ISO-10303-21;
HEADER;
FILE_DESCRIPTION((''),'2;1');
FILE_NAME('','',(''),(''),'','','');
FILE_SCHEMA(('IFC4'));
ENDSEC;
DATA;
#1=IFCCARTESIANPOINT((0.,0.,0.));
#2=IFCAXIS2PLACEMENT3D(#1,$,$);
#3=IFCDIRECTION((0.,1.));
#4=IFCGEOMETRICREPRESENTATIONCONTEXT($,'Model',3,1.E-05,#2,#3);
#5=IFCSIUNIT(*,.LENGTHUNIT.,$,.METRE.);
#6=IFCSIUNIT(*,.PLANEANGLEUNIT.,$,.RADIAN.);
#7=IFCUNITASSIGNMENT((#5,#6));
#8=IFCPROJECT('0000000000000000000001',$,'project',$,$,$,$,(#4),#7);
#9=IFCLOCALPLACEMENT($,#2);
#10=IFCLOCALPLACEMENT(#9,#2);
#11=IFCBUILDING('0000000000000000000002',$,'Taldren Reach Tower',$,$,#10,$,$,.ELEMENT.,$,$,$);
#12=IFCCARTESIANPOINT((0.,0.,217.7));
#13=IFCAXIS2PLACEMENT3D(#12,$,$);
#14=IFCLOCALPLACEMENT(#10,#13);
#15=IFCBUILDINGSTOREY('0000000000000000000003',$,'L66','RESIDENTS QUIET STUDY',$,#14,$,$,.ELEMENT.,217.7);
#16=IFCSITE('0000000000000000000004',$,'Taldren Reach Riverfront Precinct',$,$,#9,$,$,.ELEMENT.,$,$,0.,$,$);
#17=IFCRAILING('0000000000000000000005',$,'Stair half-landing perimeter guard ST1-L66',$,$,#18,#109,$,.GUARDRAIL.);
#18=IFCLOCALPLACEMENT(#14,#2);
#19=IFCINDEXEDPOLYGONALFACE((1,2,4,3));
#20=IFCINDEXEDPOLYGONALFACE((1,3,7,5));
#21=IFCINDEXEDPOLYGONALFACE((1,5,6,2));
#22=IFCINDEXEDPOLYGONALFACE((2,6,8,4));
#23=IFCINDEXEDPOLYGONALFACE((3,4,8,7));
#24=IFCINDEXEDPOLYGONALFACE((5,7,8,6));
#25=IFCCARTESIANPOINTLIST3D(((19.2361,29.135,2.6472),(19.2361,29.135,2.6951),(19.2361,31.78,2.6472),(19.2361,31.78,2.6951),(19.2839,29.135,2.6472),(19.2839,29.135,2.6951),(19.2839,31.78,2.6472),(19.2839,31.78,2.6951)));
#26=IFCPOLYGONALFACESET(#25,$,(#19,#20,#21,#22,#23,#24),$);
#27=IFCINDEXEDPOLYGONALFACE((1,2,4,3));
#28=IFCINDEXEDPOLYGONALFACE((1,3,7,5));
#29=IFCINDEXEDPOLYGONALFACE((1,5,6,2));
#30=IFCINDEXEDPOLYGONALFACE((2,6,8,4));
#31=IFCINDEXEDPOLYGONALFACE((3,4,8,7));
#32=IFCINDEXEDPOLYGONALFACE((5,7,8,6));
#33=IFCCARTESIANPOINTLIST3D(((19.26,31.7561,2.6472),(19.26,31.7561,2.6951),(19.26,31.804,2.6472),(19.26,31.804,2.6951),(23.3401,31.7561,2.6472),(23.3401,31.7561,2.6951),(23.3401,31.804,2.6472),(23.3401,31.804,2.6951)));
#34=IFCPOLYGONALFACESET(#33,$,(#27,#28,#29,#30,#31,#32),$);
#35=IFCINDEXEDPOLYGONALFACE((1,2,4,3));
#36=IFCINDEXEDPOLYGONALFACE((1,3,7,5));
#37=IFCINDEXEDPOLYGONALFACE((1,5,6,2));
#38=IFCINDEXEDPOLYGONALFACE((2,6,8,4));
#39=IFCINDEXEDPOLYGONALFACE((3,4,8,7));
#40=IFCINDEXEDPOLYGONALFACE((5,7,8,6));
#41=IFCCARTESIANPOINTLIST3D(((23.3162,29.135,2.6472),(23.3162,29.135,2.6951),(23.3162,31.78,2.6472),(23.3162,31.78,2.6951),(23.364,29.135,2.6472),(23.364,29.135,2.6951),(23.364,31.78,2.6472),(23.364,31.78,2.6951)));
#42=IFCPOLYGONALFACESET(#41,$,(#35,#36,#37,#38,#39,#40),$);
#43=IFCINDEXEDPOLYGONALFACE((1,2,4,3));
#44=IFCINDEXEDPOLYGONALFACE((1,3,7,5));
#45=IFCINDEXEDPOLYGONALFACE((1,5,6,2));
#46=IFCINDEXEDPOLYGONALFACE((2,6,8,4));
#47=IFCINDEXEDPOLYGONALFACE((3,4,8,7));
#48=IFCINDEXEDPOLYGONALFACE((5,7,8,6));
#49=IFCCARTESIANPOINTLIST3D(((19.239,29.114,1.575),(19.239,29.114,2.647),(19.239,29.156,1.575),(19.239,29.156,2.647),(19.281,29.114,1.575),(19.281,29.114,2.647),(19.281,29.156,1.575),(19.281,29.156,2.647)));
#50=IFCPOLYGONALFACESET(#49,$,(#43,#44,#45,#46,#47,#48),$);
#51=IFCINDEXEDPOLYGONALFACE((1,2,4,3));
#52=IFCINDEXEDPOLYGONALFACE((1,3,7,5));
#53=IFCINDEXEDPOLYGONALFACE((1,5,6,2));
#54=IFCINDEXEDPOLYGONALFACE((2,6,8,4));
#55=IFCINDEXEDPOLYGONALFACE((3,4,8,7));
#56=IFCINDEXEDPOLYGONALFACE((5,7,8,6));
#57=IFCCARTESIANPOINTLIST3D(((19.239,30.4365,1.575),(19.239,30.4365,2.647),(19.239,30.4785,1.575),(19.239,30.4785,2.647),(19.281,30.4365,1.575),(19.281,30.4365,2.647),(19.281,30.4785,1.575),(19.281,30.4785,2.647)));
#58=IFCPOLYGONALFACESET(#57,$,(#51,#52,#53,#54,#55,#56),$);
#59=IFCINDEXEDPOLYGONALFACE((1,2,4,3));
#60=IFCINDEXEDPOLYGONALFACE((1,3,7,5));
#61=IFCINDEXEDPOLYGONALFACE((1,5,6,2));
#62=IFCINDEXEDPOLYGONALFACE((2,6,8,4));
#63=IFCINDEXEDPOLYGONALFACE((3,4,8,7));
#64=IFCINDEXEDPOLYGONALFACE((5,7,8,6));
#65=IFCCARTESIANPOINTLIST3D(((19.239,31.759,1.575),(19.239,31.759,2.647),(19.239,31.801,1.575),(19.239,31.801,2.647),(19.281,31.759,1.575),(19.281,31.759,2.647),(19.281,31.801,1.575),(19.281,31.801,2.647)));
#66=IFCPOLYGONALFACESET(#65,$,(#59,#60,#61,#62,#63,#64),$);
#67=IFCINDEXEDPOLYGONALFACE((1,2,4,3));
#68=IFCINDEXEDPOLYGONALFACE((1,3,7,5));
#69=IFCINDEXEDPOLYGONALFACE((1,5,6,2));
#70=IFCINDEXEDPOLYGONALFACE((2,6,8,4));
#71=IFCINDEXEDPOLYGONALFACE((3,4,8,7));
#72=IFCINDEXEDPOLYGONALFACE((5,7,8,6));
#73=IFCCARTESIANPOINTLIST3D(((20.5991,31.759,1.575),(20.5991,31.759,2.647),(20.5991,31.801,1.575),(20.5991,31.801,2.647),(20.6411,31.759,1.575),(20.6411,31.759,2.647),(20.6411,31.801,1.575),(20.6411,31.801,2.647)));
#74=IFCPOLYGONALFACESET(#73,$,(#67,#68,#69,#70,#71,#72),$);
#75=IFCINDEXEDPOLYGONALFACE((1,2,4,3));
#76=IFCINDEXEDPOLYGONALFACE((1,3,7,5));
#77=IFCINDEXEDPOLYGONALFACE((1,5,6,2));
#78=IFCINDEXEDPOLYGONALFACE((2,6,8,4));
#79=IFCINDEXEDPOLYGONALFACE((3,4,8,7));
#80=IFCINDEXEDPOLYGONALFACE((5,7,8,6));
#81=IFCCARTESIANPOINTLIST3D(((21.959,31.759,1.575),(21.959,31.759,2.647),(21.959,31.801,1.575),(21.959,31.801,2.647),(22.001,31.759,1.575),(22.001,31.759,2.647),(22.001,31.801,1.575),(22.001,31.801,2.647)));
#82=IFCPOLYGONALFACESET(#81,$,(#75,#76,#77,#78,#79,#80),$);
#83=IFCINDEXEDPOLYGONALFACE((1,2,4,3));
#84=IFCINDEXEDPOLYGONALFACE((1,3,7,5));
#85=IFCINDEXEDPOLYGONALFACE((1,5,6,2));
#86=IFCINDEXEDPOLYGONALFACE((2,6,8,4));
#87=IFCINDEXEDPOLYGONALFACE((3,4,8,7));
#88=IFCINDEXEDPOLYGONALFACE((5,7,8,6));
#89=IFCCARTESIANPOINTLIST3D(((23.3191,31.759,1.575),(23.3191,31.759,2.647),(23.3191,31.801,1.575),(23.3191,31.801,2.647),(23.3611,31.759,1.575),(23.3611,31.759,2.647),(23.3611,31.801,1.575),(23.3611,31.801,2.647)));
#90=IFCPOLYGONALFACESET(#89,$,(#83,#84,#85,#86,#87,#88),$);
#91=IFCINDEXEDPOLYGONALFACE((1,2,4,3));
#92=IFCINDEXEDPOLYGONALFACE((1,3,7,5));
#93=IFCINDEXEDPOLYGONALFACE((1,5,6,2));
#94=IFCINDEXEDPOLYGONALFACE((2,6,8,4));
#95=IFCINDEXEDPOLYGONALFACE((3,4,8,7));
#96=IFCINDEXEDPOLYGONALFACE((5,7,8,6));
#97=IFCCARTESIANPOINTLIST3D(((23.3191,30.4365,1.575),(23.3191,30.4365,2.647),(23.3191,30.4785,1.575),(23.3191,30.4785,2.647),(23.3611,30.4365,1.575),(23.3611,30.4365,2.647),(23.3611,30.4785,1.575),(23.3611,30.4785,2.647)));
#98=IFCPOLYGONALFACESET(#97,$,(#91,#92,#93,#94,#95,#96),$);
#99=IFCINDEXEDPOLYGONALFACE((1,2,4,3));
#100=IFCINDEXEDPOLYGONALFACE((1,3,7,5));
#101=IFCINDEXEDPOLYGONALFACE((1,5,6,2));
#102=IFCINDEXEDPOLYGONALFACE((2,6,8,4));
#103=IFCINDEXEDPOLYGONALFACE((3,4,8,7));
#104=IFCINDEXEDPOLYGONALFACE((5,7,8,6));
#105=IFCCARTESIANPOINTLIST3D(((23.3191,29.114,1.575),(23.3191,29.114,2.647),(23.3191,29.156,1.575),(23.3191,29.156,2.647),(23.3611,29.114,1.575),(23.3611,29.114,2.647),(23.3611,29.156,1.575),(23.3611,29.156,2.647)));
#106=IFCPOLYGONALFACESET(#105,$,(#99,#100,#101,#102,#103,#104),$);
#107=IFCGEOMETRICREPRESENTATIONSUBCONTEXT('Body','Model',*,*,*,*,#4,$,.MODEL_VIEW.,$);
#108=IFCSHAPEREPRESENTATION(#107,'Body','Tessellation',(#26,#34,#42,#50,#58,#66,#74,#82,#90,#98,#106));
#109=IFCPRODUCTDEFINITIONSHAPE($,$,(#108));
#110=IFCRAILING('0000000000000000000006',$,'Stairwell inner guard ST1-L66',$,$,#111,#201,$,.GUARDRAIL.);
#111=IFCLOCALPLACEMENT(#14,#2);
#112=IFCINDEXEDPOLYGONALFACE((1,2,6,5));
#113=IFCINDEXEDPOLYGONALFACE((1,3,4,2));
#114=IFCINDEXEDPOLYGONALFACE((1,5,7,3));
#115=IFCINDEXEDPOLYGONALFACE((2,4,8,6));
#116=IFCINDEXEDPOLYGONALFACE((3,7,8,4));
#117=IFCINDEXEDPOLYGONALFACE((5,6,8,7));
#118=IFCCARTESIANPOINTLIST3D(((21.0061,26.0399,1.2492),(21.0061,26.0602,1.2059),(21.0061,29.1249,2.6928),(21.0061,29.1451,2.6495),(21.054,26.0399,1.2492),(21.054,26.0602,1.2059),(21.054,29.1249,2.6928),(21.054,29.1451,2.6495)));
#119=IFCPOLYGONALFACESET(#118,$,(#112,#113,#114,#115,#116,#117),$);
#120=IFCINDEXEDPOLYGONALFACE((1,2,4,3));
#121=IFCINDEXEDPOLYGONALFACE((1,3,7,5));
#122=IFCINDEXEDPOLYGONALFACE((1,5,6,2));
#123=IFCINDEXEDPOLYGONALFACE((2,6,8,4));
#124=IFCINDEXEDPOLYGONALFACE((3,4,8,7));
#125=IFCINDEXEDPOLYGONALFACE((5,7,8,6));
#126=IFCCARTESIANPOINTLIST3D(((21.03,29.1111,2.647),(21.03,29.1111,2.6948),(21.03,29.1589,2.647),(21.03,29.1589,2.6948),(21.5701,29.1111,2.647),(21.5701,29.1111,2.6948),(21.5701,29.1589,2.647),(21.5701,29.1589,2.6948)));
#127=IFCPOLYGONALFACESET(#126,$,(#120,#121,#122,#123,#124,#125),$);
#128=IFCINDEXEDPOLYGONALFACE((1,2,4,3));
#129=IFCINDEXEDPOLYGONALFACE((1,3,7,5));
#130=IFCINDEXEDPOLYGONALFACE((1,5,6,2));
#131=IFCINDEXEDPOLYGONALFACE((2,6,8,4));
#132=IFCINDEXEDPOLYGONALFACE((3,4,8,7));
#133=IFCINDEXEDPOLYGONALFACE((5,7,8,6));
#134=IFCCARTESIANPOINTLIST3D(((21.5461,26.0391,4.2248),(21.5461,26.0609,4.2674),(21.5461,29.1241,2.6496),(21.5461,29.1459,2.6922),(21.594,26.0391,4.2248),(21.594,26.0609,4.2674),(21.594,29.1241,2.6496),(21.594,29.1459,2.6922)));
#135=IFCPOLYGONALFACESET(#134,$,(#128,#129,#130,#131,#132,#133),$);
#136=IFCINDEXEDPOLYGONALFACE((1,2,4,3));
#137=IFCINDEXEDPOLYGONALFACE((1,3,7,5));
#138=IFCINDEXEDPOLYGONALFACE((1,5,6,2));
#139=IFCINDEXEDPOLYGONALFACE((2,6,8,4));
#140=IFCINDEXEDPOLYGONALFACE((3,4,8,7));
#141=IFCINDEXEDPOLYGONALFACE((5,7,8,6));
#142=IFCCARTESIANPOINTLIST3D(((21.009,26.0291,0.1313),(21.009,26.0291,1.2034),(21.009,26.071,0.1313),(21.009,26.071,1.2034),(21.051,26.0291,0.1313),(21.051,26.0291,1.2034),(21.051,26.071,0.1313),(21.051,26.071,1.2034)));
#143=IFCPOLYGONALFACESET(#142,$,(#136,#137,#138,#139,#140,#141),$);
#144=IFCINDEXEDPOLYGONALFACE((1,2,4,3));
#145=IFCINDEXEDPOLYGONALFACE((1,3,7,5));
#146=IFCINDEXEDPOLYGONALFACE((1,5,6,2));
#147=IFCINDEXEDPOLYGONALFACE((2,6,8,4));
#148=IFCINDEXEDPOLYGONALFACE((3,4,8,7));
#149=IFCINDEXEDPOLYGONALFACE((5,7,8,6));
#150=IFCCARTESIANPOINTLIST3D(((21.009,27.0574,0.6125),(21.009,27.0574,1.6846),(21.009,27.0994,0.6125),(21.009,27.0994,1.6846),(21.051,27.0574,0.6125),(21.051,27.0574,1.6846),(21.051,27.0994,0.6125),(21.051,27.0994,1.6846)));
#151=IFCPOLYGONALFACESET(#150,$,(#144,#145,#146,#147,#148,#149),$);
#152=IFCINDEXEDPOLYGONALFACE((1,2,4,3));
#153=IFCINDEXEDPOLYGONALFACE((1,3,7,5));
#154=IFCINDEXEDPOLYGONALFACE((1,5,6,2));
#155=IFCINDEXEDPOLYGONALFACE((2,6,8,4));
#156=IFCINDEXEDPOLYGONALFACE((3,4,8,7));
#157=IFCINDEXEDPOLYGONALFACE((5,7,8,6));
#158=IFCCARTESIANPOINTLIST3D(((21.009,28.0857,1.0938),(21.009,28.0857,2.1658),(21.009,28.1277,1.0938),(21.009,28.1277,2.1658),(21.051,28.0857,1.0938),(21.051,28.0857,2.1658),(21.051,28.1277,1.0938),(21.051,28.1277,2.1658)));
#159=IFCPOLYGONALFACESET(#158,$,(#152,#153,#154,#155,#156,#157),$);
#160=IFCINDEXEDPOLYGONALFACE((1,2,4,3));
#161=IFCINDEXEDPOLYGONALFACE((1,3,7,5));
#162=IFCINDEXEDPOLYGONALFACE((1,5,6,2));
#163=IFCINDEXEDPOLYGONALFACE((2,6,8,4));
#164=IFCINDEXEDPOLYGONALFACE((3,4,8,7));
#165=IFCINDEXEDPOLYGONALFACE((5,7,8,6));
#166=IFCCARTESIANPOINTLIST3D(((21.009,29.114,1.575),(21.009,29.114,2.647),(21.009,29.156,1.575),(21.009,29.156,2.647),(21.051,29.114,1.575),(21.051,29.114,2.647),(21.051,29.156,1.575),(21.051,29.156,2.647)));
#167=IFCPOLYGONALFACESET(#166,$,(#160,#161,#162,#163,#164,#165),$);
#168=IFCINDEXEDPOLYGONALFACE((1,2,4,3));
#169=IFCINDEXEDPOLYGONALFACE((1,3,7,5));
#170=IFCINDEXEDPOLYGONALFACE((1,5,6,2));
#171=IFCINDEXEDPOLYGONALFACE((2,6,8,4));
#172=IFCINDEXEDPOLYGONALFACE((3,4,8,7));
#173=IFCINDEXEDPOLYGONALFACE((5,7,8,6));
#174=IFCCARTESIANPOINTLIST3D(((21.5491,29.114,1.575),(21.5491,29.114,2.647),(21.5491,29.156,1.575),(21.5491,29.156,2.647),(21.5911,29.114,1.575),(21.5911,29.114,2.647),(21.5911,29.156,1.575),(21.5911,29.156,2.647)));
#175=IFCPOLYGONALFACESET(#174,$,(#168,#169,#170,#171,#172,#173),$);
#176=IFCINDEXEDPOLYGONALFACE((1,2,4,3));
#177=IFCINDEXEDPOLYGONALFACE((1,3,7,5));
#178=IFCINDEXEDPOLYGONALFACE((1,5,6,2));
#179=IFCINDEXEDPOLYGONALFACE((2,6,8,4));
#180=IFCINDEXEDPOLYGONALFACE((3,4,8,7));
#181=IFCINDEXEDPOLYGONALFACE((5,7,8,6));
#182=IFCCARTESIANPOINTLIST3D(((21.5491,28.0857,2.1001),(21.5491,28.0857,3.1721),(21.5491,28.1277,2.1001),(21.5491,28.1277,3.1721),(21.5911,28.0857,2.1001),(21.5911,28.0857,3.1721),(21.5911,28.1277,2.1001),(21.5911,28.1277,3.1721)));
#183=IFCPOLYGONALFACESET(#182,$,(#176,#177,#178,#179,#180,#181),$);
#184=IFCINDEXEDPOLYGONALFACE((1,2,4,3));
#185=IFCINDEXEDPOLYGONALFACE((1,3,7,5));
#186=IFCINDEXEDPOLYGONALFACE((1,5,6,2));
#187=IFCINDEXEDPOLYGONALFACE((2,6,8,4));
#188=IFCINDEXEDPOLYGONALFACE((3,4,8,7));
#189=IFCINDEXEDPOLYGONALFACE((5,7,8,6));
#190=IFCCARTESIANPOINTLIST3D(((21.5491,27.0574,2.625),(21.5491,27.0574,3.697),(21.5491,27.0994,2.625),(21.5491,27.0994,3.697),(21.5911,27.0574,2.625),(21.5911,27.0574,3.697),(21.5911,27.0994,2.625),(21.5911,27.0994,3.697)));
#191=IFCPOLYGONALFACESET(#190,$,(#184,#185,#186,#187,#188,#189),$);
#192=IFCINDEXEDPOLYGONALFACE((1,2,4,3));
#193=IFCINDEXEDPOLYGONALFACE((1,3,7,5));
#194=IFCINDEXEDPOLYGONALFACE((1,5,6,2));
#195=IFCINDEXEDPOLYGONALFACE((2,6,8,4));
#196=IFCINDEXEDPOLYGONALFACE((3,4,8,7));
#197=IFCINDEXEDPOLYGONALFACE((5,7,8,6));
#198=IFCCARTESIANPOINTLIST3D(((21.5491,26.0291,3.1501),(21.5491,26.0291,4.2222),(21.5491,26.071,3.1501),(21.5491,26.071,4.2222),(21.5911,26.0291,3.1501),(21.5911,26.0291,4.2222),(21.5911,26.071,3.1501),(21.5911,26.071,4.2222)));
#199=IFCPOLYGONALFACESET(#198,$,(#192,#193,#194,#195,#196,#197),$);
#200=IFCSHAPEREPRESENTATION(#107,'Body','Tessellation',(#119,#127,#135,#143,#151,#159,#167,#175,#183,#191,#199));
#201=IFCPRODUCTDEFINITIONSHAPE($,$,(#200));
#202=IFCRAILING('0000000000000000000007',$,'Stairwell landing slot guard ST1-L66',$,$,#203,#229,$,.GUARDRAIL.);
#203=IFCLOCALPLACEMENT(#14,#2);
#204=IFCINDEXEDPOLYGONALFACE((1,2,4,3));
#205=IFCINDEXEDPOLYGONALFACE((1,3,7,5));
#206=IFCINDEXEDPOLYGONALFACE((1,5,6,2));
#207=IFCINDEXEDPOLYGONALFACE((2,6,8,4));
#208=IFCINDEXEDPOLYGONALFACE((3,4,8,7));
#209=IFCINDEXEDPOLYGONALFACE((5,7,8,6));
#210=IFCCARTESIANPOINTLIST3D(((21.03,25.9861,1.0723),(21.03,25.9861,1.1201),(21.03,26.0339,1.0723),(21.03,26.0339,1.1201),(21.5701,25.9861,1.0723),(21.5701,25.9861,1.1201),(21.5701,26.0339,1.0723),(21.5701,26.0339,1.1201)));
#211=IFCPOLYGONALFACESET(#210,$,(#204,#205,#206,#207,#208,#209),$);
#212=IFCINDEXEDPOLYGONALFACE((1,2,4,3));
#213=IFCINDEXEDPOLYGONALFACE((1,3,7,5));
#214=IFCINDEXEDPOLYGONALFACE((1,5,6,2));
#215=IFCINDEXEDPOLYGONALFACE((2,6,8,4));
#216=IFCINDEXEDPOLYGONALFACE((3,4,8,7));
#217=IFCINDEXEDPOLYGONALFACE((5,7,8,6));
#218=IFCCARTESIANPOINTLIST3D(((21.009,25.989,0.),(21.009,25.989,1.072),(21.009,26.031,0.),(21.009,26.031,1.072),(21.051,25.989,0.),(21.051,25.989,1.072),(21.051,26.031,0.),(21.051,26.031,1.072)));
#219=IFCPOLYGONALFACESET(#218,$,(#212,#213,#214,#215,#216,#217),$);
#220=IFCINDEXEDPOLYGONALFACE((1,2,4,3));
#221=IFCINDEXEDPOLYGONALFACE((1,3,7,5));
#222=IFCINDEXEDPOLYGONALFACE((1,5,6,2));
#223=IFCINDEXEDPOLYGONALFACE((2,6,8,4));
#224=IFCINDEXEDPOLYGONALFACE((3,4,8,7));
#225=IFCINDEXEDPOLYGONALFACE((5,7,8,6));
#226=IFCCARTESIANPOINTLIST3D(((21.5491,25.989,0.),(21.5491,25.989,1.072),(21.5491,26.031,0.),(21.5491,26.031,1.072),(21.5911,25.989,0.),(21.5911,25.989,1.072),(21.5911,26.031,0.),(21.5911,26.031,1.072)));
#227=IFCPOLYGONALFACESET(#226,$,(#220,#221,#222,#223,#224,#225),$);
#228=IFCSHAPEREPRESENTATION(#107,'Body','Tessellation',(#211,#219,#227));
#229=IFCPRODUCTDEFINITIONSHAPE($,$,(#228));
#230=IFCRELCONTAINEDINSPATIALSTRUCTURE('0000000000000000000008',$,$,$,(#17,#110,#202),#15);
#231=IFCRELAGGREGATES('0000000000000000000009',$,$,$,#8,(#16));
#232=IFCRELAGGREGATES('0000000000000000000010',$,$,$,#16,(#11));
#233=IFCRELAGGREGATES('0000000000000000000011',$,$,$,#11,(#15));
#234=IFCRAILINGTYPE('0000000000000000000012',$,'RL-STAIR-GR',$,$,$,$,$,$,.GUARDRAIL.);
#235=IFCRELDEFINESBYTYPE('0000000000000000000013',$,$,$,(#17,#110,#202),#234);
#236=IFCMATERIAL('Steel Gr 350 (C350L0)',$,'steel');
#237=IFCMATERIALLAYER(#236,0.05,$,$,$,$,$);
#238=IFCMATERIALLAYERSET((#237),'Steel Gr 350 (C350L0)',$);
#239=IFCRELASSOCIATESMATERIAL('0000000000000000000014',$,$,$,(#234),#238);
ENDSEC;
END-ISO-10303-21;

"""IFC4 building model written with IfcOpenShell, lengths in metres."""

from ifc_helpers import new_model, si_unit, direction, frame, origin, origin_2d, place, context, subcontext, project, spatial, rectangle, extrude, material, layer, layer_set, type_object, element, save


model = new_model("IFC4")

# Units and contexts
model_context = context("Model", 3, precision=1e-05, world=origin(), true_north=direction((0.0, 1.0)))
body_context = subcontext(model_context, "Body", "Model", "MODEL_VIEW")
ifc_project = project(units=[si_unit("LENGTHUNIT", "METRE"), si_unit("PLANEANGLEUNIT", "RADIAN")], contexts=[model_context])

# Site, building, storey
site_placement = place(None, origin())
site = spatial("IfcSite", under=ifc_project, at=site_placement, Name="Taldren Reach Riverfront Precinct", CompositionType="ELEMENT", RefElevation=0.0)
building_placement = place(site_placement, origin())
building = spatial("IfcBuilding", under=site, at=building_placement, Name="Taldren Reach Tower", CompositionType="ELEMENT")
storey_placement = place(building_placement, frame((0.0, 0.0, 217.7)))
storey = spatial("IfcBuildingStorey", under=building, at=storey_placement, Name="L66", Description="RESIDENTS QUIET STUDY", CompositionType="ELEMENT", Elevation=217.7)

# Shared definitions
ifc_material_1 = material(Name="Steel Gr 350 (C350L0)", Category="steel")

# Railings
ifc_layer_1 = layer(ifc_material_1, 0.05)
ifc_layer_set_1 = layer_set([ifc_layer_1], Name="Steel Gr 350 (C350L0)")
railing_type_1 = type_object("IfcRailingType", Name="RL-STAIR-GR", PredefinedType="GUARDRAIL", material=ifc_layer_set_1)
railing_1_placement = place(storey_placement, frame((19.26, 29.135, 1.575)))
element("IfcRailing", 1, at=railing_1_placement, inside=storey, type_object=railing_type_1, Name="Stair half-landing perimeter guard ST1-L66", PredefinedType="GUARDRAIL", context=body_context, shape_type="SweptSolid", body=[
    extrude(rectangle(XDim=0.0479, YDim=0.0479, at=origin_2d()), frame((0.0, 0.0, 1.0962), z_axis=(0.0, 1.0, 0.0), x_axis=(-1.0, 0.0, 0.0)), (0.0, 0.0, 1.0), 2.645),
    extrude(rectangle(XDim=0.0479, YDim=0.0479, at=origin_2d()), frame((0.0, 2.645, 1.0962), z_axis=(1.0, 0.0, 0.0), x_axis=(0.0, 1.0, 0.0)), (0.0, 0.0, 1.0), 4.0801),
    extrude(rectangle(XDim=0.0479, YDim=0.0479, at=origin_2d()), frame((4.0801, 2.645, 1.0962), z_axis=(0.0, -1.0, 0.0), x_axis=(1.0, 0.0, 0.0)), (0.0, 0.0, 1.0), 2.645),
    extrude(rectangle(XDim=0.042, YDim=0.042, at=origin_2d()), origin(), (0.0, 0.0, 1.0), 1.072),
    extrude(rectangle(XDim=0.042, YDim=0.042, at=origin_2d()), frame((0.0, 1.3225, 0.0)), (0.0, 0.0, 1.0), 1.072),
    extrude(rectangle(XDim=0.042, YDim=0.042, at=origin_2d()), frame((0.0, 2.645, 0.0)), (0.0, 0.0, 1.0), 1.072),
    extrude(rectangle(XDim=0.042, YDim=0.042, at=origin_2d()), frame((1.3601, 2.645, 0.0)), (0.0, 0.0, 1.0), 1.072),
    extrude(rectangle(XDim=0.042, YDim=0.042, at=origin_2d()), frame((2.72, 2.645, 0.0)), (0.0, 0.0, 1.0), 1.072),
    extrude(rectangle(XDim=0.042, YDim=0.042, at=origin_2d()), frame((4.0801, 2.645, 0.0)), (0.0, 0.0, 1.0), 1.072),
    extrude(rectangle(XDim=0.042, YDim=0.042, at=origin_2d()), frame((4.0801, 1.3225, 0.0)), (0.0, 0.0, 1.0), 1.072),
    extrude(rectangle(XDim=0.042, YDim=0.042, at=origin_2d()), frame((4.0801, 0.0, 0.0)), (0.0, 0.0, 1.0), 1.072),
])
railing_2_placement = place(storey_placement, frame((21.03, 26.05, 0.1313)))
element("IfcRailing", 2, at=railing_2_placement, inside=storey, type_object=railing_type_1, Name="Stairwell inner guard ST1-L66", PredefinedType="GUARDRAIL", context=body_context, shape_type="SweptSolid", body=[
    extrude(rectangle(XDim=0.0479, YDim=0.0479, at=origin_2d()), frame((0.0, 0.0, 1.0962), z_axis=(0.0, 0.905738, 0.423839), x_axis=(-1.0, 0.0, 0.0)), (0.0, 0.0, 1.0), 3.406),
    extrude(rectangle(XDim=0.0479, YDim=0.0479, at=origin_2d()), frame((0.0, 3.085, 2.5396), z_axis=(1.0, 0.0, 0.0), x_axis=(0.0, 1.0, 0.0)), (0.0, 0.0, 1.0), 0.54),
    extrude(rectangle(XDim=0.0479, YDim=0.0479, at=origin_2d()), frame((0.54, 3.085, 2.5396), z_axis=(0.0, -0.890617, 0.454753), x_axis=(1.0, 0.0, 0.0)), (0.0, 0.0, 1.0), 3.4639),
    extrude(rectangle(XDim=0.042, YDim=0.042, at=origin_2d()), origin(), (0.0, 0.0, 1.0), 1.072),
    extrude(rectangle(XDim=0.042, YDim=0.042, at=origin_2d()), frame((0.0, 1.0283, 0.4812)), (0.0, 0.0, 1.0), 1.072),
    extrude(rectangle(XDim=0.042, YDim=0.042, at=origin_2d()), frame((0.0, 2.0566, 0.9624)), (0.0, 0.0, 1.0), 1.072),
    extrude(rectangle(XDim=0.042, YDim=0.042, at=origin_2d()), frame((0.0, 3.085, 1.4436)), (0.0, 0.0, 1.0), 1.072),
    extrude(rectangle(XDim=0.042, YDim=0.042, at=origin_2d()), frame((0.54, 3.085, 1.4436)), (0.0, 0.0, 1.0), 1.072),
    extrude(rectangle(XDim=0.042, YDim=0.042, at=origin_2d()), frame((0.54, 2.0566, 1.9688)), (0.0, 0.0, 1.0), 1.072),
    extrude(rectangle(XDim=0.042, YDim=0.042, at=origin_2d()), frame((0.54, 1.0283, 2.4937)), (0.0, 0.0, 1.0), 1.072),
    extrude(rectangle(XDim=0.042, YDim=0.042, at=origin_2d()), frame((0.54, 0.0, 3.0188)), (0.0, 0.0, 1.0), 1.072),
])
railing_3_placement = place(storey_placement, frame((21.03, 26.01, 0.0)))
element("IfcRailing", 3, at=railing_3_placement, inside=storey, type_object=railing_type_1, Name="Stairwell landing slot guard ST1-L66", PredefinedType="GUARDRAIL", context=body_context, shape_type="SweptSolid", body=[
    extrude(rectangle(XDim=0.0479, YDim=0.0479, at=origin_2d()), frame((0.0, 0.0, 1.0962), z_axis=(1.0, 0.0, 0.0), x_axis=(0.0, 1.0, 0.0)), (0.0, 0.0, 1.0), 0.54),
    extrude(rectangle(XDim=0.042, YDim=0.042, at=origin_2d()), origin(), (0.0, 0.0, 1.0), 1.072),
    extrude(rectangle(XDim=0.042, YDim=0.042, at=origin_2d()), frame((0.54, 0.0, 0.0)), (0.0, 0.0, 1.0), 1.072),
])

save(model, "model.ifc")
